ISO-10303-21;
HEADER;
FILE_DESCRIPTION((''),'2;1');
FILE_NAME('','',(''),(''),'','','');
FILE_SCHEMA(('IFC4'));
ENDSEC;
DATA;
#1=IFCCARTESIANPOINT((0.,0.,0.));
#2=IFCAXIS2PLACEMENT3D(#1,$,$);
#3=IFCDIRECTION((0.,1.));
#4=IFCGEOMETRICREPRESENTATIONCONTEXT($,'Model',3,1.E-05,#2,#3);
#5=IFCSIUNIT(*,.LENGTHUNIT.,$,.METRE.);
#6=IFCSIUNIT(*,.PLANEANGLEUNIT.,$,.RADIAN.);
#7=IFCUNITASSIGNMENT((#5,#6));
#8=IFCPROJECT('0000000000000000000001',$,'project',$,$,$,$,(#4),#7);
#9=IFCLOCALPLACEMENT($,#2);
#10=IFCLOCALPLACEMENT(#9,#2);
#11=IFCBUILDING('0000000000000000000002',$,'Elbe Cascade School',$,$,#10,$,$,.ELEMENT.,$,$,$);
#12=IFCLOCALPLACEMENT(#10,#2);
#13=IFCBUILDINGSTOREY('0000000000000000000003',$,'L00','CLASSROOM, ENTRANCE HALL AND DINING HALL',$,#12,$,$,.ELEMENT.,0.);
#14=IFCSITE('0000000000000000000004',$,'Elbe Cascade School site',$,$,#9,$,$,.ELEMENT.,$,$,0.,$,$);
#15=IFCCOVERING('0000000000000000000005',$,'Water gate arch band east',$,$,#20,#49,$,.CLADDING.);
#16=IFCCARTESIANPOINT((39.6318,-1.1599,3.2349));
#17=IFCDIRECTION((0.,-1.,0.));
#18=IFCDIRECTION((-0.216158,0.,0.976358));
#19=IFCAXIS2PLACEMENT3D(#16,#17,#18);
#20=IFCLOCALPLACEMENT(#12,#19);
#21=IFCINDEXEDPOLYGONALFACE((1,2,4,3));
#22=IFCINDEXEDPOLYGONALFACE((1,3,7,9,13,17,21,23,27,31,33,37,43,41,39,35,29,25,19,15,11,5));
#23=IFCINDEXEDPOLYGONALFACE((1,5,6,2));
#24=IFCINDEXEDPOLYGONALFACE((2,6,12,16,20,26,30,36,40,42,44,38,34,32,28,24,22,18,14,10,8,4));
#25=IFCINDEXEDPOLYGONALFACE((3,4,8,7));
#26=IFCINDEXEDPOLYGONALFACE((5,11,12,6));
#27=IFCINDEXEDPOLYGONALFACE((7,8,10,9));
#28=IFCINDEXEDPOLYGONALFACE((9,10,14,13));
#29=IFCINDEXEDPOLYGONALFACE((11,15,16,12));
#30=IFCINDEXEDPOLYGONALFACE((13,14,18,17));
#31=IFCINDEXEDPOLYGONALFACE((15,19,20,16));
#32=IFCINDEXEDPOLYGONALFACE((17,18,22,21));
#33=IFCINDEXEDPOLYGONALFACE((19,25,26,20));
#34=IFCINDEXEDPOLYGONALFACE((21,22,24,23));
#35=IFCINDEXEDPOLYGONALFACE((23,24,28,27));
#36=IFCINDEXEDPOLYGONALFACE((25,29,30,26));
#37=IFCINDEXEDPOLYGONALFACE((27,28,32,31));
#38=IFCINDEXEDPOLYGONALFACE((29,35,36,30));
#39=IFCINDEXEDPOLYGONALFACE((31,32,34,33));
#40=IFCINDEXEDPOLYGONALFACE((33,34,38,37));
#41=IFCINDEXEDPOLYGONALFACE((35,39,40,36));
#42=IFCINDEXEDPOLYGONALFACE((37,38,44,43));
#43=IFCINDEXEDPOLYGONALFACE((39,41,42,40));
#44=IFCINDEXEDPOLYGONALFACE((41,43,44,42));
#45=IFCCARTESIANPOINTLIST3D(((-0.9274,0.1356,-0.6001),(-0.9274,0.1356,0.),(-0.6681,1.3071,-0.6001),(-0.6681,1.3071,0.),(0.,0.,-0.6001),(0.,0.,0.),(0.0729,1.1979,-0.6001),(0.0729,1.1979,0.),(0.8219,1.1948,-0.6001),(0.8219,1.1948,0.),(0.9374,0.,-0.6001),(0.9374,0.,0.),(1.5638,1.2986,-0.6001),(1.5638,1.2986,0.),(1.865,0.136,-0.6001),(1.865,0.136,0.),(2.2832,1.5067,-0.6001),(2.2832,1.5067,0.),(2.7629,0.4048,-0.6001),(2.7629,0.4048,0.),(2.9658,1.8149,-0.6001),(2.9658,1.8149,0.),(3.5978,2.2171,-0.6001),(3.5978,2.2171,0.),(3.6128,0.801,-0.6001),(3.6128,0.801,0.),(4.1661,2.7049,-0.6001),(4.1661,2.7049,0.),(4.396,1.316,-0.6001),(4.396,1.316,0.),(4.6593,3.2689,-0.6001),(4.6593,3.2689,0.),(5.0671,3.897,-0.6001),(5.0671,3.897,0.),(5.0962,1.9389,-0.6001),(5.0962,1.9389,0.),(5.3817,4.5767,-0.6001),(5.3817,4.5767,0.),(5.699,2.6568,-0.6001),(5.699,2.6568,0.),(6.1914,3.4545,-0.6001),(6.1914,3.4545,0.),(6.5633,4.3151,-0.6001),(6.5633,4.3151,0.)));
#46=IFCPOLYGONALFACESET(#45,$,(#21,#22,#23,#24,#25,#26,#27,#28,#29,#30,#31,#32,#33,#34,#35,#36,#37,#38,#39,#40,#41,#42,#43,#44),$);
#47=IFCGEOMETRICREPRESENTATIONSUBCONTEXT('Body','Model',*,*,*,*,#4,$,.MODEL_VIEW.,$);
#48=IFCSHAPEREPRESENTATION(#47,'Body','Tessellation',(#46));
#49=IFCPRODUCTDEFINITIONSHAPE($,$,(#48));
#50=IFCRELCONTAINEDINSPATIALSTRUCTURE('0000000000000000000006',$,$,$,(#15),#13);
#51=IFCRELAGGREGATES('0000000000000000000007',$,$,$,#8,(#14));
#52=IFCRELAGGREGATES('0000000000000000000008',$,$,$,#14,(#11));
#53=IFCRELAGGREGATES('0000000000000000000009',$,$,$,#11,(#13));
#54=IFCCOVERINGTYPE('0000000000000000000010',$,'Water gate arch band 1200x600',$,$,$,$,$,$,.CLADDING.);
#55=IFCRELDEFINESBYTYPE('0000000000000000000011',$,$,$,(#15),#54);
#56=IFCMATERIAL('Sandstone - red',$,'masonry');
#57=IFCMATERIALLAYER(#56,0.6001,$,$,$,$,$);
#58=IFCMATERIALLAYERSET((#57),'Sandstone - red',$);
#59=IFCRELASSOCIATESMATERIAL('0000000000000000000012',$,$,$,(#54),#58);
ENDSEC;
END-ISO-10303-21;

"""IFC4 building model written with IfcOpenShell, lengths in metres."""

from ifc_helpers import new_model, si_unit, direction, frame, origin, place, context, subcontext, project, spatial, polyline, outline, extrude, material, layer, layer_set, type_object, element, save


model = new_model("IFC4")

# Units and contexts
model_context = context("Model", 3, precision=1e-05, world=origin(), true_north=direction((0.0, 1.0)))
body_context = subcontext(model_context, "Body", "Model", "MODEL_VIEW")
ifc_project = project(units=[si_unit("LENGTHUNIT", "METRE"), si_unit("PLANEANGLEUNIT", "RADIAN")], contexts=[model_context])

# Site, building, storey
site_placement = place(None, origin())
site = spatial("IfcSite", under=ifc_project, at=site_placement, Name="Elbe Cascade School site", CompositionType="ELEMENT", RefElevation=0.0)
building_placement = place(site_placement, origin())
building = spatial("IfcBuilding", under=site, at=building_placement, Name="Elbe Cascade School", CompositionType="ELEMENT")
storey_placement = place(building_placement, origin())
storey = spatial("IfcBuildingStorey", under=building, at=storey_placement, Name="L00", Description="CLASSROOM, ENTRANCE HALL AND DINING HALL", CompositionType="ELEMENT", Elevation=0.0)

# Covering
ifc_material_1 = material(Name="Sandstone - red", Category="masonry")
ifc_layer_1 = layer(ifc_material_1, 0.6001)
ifc_layer_set_1 = layer_set([ifc_layer_1], Name="Sandstone - red")
covering_type_1 = type_object("IfcCoveringType", Name="Water gate arch band 1200x600", PredefinedType="CLADDING", material=ifc_layer_set_1)
covering_1_placement = place(storey_placement, frame((39.6318, -1.1599, 3.2349), z_axis=(0.0, -1.0, 0.0), x_axis=(-0.216158, 0.0, 0.976358)))
element("IfcCovering", 1, at=covering_1_placement, inside=storey, type_object=covering_type_1, Name="Water gate arch band east", PredefinedType="CLADDING", context=body_context, shape_type="SweptSolid", body=[
    extrude(outline(polyline([(0.0, 0.0), (0.9374, 0.0), (1.865, 0.136), (2.7629, 0.4048), (3.6128, 0.801), (4.396, 1.316), (5.0962, 1.9389), (5.699, 2.6568), (6.1914, 3.4545), (6.5633, 4.3151), (5.3817, 4.5767), (5.0671, 3.897), (4.6593, 3.2689), (4.1661, 2.7049), (3.5978, 2.2171), (2.9658, 1.8149), (2.2832, 1.5067), (1.5638, 1.2986), (0.8219, 1.1948), (0.0729, 1.1979), (-0.6681, 1.3071), (-0.9274, 0.1356), (0.0, 0.0)])), origin(), (0.0, 0.0, -1.0), 0.6001),
])

save(model, "model.ifc")
